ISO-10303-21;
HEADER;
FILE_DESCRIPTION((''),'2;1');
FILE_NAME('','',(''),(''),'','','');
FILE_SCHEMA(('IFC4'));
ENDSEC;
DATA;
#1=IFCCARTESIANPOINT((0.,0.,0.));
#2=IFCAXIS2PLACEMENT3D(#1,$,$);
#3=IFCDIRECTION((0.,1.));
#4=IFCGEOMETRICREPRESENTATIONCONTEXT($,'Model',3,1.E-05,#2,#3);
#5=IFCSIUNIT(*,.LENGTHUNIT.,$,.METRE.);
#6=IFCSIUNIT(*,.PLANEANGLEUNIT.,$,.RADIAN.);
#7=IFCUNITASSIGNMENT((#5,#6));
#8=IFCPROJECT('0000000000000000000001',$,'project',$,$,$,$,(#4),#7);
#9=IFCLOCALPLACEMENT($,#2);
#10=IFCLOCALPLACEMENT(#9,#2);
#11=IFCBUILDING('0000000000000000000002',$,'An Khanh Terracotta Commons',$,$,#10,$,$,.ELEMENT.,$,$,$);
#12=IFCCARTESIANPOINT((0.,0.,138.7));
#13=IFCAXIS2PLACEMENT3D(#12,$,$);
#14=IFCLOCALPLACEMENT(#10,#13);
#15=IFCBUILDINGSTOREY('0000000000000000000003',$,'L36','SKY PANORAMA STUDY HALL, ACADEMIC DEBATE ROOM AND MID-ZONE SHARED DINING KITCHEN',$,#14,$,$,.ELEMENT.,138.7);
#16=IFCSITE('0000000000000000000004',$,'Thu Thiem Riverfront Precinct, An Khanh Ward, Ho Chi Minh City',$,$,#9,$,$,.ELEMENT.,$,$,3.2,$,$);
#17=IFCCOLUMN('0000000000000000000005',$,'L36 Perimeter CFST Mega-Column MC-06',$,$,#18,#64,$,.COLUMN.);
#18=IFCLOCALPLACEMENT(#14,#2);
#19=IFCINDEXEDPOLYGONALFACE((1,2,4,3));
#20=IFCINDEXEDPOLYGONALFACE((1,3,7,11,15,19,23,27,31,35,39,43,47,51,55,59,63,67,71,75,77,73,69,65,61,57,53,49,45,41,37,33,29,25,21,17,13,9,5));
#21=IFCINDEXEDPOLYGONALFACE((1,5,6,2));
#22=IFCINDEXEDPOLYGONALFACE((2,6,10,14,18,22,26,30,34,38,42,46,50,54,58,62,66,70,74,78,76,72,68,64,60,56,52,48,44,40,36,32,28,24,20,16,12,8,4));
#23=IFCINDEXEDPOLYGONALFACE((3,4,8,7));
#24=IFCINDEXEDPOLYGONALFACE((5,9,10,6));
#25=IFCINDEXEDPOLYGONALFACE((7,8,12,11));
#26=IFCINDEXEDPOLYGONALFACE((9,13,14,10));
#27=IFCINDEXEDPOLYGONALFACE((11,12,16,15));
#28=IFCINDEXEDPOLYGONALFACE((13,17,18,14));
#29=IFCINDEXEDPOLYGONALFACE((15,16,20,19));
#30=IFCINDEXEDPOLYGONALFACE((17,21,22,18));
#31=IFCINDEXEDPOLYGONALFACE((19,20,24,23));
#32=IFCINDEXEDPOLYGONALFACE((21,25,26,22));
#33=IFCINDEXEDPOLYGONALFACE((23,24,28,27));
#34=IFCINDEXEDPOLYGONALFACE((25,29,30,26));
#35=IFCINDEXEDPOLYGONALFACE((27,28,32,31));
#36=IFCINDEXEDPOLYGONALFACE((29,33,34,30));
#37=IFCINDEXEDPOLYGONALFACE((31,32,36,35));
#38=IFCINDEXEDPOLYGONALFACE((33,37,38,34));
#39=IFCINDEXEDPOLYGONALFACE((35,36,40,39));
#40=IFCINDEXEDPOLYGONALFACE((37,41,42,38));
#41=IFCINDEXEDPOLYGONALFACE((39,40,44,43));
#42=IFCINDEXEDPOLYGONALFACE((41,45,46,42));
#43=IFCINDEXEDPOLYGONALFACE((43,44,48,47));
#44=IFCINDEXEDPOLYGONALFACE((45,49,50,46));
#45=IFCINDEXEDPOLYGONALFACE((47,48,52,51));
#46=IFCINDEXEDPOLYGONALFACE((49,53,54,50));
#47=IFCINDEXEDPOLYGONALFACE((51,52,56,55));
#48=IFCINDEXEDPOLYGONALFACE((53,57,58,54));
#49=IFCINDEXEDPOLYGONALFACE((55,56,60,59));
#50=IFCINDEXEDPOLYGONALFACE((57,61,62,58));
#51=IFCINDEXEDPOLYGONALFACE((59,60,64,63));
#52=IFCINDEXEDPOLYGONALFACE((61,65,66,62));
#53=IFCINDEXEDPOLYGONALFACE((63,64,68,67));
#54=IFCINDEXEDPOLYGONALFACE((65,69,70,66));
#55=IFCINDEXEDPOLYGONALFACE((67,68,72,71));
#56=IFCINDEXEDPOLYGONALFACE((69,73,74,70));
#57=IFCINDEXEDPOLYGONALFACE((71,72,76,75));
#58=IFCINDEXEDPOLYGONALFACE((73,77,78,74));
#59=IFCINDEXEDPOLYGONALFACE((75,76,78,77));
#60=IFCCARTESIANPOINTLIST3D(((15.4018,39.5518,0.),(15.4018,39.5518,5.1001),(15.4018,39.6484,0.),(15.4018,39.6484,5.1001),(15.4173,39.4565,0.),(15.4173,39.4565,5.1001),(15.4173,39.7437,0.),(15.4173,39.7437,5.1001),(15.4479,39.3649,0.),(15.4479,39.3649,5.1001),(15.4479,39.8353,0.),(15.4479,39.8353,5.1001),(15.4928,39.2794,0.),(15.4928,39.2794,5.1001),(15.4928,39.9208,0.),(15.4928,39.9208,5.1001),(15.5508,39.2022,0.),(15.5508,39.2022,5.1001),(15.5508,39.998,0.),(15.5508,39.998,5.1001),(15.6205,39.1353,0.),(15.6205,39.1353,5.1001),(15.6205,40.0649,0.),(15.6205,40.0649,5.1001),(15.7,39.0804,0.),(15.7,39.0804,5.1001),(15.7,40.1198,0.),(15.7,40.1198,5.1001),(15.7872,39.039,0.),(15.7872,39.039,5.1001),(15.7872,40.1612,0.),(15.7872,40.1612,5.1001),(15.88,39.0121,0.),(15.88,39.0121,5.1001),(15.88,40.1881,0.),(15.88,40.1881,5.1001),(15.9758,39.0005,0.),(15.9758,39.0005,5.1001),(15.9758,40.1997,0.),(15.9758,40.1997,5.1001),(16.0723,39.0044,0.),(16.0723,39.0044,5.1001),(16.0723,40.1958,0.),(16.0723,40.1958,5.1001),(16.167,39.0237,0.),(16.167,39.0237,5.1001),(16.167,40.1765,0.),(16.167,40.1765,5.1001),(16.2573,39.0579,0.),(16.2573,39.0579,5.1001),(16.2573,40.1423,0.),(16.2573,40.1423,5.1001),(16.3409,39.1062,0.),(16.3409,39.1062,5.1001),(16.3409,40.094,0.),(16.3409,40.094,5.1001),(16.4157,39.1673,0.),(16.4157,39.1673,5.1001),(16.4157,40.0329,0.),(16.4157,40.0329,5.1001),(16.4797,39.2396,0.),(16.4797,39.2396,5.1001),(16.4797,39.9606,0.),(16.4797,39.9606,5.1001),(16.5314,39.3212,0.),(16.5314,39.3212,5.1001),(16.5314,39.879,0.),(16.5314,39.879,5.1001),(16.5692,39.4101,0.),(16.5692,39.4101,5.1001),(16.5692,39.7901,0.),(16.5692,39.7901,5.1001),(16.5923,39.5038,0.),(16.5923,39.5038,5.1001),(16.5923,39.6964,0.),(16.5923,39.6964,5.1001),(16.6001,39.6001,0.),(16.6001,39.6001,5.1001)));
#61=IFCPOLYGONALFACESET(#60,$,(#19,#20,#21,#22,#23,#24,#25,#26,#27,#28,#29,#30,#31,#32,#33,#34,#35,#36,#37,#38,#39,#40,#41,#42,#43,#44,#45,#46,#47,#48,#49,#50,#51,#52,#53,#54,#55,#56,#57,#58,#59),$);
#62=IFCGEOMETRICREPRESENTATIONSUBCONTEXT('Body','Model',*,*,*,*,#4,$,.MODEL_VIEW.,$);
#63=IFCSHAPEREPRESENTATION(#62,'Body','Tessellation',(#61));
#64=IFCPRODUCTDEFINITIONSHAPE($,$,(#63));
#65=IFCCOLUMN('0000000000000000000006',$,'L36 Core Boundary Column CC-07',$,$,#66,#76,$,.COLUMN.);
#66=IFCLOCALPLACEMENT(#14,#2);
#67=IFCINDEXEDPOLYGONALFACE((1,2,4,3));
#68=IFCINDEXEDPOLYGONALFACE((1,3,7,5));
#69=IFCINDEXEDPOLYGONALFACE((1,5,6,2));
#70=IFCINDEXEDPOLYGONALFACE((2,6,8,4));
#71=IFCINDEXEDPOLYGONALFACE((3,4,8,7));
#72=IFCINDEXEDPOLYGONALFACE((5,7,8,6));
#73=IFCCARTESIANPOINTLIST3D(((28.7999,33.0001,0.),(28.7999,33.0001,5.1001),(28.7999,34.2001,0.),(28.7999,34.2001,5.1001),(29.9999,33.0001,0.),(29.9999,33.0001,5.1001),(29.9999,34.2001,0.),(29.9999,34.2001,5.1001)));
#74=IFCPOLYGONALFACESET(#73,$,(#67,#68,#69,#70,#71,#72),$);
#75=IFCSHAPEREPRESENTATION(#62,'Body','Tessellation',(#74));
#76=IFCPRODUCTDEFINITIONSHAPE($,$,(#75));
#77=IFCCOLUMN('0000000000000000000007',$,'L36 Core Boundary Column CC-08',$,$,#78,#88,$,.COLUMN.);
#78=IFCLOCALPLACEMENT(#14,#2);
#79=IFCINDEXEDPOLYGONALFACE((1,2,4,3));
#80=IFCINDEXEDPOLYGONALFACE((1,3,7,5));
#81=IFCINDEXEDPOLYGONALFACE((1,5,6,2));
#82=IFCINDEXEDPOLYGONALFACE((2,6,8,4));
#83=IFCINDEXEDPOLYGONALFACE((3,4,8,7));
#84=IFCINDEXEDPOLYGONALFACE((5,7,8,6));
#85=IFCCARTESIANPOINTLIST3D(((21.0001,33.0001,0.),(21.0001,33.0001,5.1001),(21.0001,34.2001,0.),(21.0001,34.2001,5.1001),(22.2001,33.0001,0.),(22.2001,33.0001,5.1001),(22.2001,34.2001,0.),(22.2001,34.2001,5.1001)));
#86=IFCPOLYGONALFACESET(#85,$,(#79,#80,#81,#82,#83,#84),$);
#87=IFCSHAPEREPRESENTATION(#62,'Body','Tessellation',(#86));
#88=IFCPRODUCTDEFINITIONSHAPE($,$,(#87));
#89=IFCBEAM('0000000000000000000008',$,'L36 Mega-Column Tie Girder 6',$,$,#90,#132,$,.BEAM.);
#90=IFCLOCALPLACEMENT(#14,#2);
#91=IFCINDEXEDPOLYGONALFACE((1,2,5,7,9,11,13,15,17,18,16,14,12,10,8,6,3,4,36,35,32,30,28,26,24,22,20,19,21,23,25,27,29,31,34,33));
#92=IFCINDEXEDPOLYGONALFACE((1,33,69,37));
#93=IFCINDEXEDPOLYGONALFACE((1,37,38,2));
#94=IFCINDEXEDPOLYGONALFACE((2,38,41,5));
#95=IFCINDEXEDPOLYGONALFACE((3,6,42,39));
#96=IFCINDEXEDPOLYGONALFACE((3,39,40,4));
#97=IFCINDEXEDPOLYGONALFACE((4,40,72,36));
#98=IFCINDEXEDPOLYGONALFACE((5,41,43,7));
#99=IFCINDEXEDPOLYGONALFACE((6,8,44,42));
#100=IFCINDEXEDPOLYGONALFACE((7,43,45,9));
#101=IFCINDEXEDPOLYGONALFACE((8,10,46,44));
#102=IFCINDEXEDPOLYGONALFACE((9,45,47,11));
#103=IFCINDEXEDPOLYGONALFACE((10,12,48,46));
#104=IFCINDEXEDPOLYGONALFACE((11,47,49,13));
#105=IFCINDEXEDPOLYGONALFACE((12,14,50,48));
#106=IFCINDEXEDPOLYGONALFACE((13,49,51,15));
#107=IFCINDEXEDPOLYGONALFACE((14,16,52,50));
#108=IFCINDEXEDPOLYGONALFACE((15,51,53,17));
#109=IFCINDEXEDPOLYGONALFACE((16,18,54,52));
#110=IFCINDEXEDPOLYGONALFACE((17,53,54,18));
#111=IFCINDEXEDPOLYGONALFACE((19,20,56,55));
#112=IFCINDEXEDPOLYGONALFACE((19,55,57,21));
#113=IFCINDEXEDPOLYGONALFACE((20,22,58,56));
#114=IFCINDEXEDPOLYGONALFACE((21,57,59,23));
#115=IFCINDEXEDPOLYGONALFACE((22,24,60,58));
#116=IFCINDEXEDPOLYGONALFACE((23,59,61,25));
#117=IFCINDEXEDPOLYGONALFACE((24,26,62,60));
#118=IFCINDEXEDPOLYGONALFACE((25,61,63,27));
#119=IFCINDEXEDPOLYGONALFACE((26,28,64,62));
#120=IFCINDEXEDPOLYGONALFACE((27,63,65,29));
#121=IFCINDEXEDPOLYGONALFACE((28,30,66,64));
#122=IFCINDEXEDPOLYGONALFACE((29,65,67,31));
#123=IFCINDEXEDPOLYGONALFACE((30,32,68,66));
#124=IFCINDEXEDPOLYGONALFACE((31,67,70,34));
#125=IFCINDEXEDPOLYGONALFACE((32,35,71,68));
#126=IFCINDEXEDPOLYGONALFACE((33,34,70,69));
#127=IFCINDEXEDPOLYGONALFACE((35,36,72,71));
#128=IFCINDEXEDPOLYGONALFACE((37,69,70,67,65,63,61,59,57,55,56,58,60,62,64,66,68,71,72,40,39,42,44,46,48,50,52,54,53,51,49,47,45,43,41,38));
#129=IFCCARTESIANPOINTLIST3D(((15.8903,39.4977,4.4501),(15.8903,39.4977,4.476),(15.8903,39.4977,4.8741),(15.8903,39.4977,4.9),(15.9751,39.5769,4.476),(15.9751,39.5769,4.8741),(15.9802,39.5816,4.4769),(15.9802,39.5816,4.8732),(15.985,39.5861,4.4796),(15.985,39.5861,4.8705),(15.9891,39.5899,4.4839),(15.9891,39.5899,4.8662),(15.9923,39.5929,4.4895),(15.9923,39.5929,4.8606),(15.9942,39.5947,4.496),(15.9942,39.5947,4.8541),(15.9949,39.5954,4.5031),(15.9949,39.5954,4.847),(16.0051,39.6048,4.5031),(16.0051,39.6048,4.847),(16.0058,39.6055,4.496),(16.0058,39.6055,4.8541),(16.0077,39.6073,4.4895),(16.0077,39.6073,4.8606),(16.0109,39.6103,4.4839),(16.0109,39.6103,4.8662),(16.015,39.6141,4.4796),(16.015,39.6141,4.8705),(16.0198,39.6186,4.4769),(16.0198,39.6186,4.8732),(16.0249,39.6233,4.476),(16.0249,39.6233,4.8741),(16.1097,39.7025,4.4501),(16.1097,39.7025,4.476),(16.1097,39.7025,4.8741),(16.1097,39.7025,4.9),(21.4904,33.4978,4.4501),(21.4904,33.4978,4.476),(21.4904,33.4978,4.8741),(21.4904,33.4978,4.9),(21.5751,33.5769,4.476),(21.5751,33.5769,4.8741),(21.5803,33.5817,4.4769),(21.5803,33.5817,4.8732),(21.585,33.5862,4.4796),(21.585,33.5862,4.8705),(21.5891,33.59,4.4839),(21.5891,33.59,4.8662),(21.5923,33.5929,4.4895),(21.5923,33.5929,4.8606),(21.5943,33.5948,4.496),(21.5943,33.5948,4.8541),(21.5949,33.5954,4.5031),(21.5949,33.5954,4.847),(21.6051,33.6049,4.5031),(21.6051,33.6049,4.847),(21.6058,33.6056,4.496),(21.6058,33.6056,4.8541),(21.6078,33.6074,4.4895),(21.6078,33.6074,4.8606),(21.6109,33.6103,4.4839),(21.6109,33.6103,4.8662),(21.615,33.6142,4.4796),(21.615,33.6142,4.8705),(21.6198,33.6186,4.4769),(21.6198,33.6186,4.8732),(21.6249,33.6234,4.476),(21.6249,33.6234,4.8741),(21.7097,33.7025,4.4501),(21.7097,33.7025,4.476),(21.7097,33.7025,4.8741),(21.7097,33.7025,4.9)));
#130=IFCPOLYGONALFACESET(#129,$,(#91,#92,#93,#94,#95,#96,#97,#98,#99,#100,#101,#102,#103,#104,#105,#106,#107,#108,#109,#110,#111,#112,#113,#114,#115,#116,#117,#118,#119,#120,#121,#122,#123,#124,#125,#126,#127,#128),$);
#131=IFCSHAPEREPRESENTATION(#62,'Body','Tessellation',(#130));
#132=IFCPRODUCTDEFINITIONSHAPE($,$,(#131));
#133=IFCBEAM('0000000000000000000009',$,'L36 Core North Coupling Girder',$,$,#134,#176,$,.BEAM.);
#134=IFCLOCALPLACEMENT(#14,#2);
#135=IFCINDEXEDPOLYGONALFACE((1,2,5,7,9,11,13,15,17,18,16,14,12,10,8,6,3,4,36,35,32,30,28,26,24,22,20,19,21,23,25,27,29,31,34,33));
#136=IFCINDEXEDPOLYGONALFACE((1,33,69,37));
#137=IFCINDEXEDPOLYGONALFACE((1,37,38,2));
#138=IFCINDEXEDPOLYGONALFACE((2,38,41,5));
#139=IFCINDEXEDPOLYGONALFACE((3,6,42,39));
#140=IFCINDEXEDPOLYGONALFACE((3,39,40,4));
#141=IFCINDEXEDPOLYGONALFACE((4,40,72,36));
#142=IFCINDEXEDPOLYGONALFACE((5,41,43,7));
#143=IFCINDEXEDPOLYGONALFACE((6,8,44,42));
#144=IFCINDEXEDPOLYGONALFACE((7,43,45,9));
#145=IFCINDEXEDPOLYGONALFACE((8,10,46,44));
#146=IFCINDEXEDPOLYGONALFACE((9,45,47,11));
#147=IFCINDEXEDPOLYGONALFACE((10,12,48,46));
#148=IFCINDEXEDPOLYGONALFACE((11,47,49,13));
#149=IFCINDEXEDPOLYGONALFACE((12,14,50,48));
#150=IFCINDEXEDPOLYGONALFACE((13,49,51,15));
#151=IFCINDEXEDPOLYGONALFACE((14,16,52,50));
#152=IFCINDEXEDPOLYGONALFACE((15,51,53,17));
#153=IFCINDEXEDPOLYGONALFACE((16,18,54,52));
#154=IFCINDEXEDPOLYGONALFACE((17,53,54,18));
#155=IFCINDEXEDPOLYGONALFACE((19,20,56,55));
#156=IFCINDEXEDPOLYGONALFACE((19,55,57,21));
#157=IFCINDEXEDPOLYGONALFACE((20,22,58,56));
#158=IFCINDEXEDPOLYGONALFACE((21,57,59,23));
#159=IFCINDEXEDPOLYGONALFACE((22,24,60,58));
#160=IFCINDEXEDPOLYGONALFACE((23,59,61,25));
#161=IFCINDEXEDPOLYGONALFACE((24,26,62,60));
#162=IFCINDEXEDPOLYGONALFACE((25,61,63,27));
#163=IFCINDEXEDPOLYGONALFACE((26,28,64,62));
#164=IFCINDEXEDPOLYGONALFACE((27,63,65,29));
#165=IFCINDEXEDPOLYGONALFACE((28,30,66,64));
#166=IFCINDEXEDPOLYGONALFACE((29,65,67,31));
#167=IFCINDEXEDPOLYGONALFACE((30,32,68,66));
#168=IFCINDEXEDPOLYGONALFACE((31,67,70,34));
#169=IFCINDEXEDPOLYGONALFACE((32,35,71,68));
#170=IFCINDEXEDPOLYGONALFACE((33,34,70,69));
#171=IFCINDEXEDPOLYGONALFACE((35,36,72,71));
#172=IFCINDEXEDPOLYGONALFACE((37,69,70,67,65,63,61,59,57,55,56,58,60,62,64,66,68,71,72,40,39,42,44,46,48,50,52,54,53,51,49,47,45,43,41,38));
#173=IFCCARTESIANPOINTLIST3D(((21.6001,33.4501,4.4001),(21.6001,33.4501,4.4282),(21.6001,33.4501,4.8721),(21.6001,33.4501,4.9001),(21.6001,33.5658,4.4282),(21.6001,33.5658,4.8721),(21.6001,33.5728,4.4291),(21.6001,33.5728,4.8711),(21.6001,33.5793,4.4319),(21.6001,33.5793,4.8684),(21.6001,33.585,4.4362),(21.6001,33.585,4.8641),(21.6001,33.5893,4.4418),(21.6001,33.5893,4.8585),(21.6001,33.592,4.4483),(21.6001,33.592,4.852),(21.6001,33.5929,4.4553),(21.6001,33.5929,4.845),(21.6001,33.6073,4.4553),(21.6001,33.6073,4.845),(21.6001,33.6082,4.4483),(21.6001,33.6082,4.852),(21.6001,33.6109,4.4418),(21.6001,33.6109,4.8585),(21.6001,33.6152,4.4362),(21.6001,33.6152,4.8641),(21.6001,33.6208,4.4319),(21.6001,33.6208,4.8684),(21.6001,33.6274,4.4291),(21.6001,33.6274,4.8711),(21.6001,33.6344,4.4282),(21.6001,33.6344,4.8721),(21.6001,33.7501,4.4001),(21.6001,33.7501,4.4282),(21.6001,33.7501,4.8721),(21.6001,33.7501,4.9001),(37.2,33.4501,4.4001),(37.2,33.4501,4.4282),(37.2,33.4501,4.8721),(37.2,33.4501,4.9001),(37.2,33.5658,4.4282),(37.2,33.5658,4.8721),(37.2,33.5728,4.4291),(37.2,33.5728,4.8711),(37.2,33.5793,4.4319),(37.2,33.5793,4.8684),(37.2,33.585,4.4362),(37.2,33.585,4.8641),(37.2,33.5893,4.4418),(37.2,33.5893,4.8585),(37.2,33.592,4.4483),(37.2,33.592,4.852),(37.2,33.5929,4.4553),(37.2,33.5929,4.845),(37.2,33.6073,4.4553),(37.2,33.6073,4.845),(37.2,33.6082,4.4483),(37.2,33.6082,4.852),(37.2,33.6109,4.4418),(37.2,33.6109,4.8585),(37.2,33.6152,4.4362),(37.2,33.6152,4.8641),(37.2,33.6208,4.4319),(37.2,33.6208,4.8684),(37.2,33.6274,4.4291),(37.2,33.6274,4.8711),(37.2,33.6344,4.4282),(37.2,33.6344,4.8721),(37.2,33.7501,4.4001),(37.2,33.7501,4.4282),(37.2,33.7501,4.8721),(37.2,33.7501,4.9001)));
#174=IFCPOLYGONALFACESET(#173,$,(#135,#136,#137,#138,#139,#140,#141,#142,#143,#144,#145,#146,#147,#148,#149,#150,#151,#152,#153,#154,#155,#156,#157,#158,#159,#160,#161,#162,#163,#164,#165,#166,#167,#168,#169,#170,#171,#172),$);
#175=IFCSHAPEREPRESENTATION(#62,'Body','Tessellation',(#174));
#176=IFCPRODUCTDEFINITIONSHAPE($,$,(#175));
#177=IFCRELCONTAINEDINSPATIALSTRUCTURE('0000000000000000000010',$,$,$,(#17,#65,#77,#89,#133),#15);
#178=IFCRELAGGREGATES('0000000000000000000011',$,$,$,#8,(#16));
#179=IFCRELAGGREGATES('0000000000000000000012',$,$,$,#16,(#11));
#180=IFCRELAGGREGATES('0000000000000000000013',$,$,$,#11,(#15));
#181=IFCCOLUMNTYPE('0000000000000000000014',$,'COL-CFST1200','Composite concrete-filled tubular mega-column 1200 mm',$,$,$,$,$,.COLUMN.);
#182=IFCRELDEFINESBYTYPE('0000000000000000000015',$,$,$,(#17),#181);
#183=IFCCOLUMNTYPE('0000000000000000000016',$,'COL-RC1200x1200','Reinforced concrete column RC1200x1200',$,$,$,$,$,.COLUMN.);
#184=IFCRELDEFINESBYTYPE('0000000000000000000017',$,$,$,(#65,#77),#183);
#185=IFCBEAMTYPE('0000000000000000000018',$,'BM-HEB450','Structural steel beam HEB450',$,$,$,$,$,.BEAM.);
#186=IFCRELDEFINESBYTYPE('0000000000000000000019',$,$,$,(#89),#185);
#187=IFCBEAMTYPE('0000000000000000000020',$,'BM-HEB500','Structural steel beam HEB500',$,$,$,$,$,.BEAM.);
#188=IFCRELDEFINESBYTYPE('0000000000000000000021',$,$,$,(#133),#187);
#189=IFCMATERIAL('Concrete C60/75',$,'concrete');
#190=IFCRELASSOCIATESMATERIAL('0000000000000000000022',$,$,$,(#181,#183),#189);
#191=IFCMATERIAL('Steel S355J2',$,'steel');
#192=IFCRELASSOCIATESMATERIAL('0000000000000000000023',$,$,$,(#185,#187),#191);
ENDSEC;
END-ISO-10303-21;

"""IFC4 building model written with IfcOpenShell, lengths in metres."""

from ifc_helpers import new_model, si_unit, direction, frame, origin, origin_2d, place, context, subcontext, project, spatial, rectangle, circle, i_section, extrude, material, material_profile, profile_set, type_object, element, save


model = new_model("IFC4")

# Units and contexts
model_context = context("Model", 3, precision=1e-05, world=origin(), true_north=direction((0.0, 1.0)))
body_context = subcontext(model_context, "Body", "Model", "MODEL_VIEW")
ifc_project = project(units=[si_unit("LENGTHUNIT", "METRE"), si_unit("PLANEANGLEUNIT", "RADIAN")], contexts=[model_context])

# Site, building, storey
site_placement = place(None, origin())
site = spatial("IfcSite", under=ifc_project, at=site_placement, Name="Thu Thiem Riverfront Precinct, An Khanh Ward, Ho Chi Minh City", CompositionType="ELEMENT", RefElevation=3.2)
building_placement = place(site_placement, origin())
building = spatial("IfcBuilding", under=site, at=building_placement, Name="An Khanh Terracotta Commons", CompositionType="ELEMENT")
storey_placement = place(building_placement, frame((0.0, 0.0, 138.7)))
storey = spatial("IfcBuildingStorey", under=building, at=storey_placement, Name="L36", Description="SKY PANORAMA STUDY HALL, ACADEMIC DEBATE ROOM AND MID-ZONE SHARED DINING KITCHEN", CompositionType="ELEMENT", Elevation=138.7)

# Columns
ifc_material_1 = material(Name="Concrete C60/75", Category="concrete")
ifc_material_profile_1 = material_profile(ifc_material_1, circle(Radius=0.6001, at=origin_2d()), Name="CFST1200")
ifc_profile_set_1 = profile_set([ifc_material_profile_1], Name="Concrete C60/75")
column_type_1 = type_object("IfcColumnType", Name="COL-CFST1200", Description="Composite concrete-filled tubular mega-column 1200 mm", PredefinedType="COLUMN", material=ifc_profile_set_1)
column_placement = place(storey_placement, frame((16.0, 39.6001, 0.0), z_axis=(0.0, 0.0, 1.0), x_axis=(1.0, 0.0, 0.0)))
element("IfcColumn", 1, at=column_placement, inside=storey, type_object=column_type_1, Name="L36 Perimeter CFST Mega-Column MC-06", PredefinedType="COLUMN", context=body_context, shape_type="SweptSolid", body=[
    extrude(circle(Radius=0.6001, at=origin_2d()), origin(), (0.0, 0.0, 1.0), 5.1001),
])
ifc_material_profile_2 = material_profile(ifc_material_1, rectangle(XDim=1.2, YDim=1.2, at=origin_2d()), Name="RC1200x1200")
ifc_profile_set_2 = profile_set([ifc_material_profile_2], Name="Concrete C60/75")
column_type_2 = type_object("IfcColumnType", Name="COL-RC1200x1200", Description="Reinforced concrete column RC1200x1200", PredefinedType="COLUMN", material=ifc_profile_set_2)
for number, where, z_axis, x_axis, name in (
    (2, (29.3999, 33.6001, 0.0), (0.0, 0.0, 1.0), (1.0, 0.0, 0.0), "L36 Core Boundary Column CC-07"),
    (3, (21.6001, 33.6001, 0.0), (0.0, 0.0, 1.0), (1.0, 0.0, 0.0), "L36 Core Boundary Column CC-08"),
):
    element("IfcColumn", number, at=place(storey_placement, frame(where, z_axis=z_axis, x_axis=x_axis)), inside=storey, type_object=column_type_2, Name=name, PredefinedType="COLUMN", context=body_context, shape_type="SweptSolid", body=[
        extrude(rectangle(XDim=1.2, YDim=1.2, at=origin_2d()), origin(), (0.0, 0.0, 1.0), 5.1001),
    ])

# Beams
ifc_material_2 = material(Name="Steel S355J2", Category="steel")
ifc_material_profile_3 = material_profile(ifc_material_2, i_section(OverallWidth=0.3, OverallDepth=0.45, WebThickness=0.0139, FlangeThickness=0.0259, FilletRadius=0.0271, at=origin_2d()), Name="HEB450")
ifc_profile_set_3 = profile_set([ifc_material_profile_3], Name="Steel S355J2")
beam_type_1 = type_object("IfcBeamType", Name="BM-HEB450", Description="Structural steel beam HEB450", PredefinedType="BEAM", material=ifc_profile_set_3)
beam_1_placement = place(storey_placement, frame((16.0, 39.6001, 4.675), z_axis=(0.682325, -0.731049, 0.0), x_axis=(0.731049, 0.682325, 0.0)))
element("IfcBeam", 4, at=beam_1_placement, inside=storey, type_object=beam_type_1, Name="L36 Mega-Column Tie Girder 6", PredefinedType="BEAM", context=body_context, shape_type="SweptSolid", body=[
    extrude(i_section(OverallWidth=0.3, OverallDepth=0.45, WebThickness=0.0139, FlangeThickness=0.0259, FilletRadius=0.0271, at=origin_2d()), origin(), (0.0, 0.0, 1.0), 8.2073),
])
ifc_material_profile_4 = material_profile(ifc_material_2, i_section(OverallWidth=0.3, OverallDepth=0.5, WebThickness=0.0144, FlangeThickness=0.0281, FilletRadius=0.0271, at=origin_2d()), Name="HEB500")
ifc_profile_set_4 = profile_set([ifc_material_profile_4], Name="Steel S355J2")
beam_type_2 = type_object("IfcBeamType", Name="BM-HEB500", Description="Structural steel beam HEB500", PredefinedType="BEAM", material=ifc_profile_set_4)
beam_2_placement = place(storey_placement, frame((21.6001, 33.6001, 4.6501), z_axis=(1.0, 0.0, 0.0), x_axis=(0.0, 1.0, 0.0)))
element("IfcBeam", 5, at=beam_2_placement, inside=storey, type_object=beam_type_2, Name="L36 Core North Coupling Girder", PredefinedType="BEAM", context=body_context, shape_type="SweptSolid", body=[
    extrude(i_section(OverallWidth=0.3, OverallDepth=0.5, WebThickness=0.0144, FlangeThickness=0.0281, FilletRadius=0.0271, at=origin_2d()), origin(), (0.0, 0.0, 1.0), 15.5999),
])

save(model, "model.ifc")
